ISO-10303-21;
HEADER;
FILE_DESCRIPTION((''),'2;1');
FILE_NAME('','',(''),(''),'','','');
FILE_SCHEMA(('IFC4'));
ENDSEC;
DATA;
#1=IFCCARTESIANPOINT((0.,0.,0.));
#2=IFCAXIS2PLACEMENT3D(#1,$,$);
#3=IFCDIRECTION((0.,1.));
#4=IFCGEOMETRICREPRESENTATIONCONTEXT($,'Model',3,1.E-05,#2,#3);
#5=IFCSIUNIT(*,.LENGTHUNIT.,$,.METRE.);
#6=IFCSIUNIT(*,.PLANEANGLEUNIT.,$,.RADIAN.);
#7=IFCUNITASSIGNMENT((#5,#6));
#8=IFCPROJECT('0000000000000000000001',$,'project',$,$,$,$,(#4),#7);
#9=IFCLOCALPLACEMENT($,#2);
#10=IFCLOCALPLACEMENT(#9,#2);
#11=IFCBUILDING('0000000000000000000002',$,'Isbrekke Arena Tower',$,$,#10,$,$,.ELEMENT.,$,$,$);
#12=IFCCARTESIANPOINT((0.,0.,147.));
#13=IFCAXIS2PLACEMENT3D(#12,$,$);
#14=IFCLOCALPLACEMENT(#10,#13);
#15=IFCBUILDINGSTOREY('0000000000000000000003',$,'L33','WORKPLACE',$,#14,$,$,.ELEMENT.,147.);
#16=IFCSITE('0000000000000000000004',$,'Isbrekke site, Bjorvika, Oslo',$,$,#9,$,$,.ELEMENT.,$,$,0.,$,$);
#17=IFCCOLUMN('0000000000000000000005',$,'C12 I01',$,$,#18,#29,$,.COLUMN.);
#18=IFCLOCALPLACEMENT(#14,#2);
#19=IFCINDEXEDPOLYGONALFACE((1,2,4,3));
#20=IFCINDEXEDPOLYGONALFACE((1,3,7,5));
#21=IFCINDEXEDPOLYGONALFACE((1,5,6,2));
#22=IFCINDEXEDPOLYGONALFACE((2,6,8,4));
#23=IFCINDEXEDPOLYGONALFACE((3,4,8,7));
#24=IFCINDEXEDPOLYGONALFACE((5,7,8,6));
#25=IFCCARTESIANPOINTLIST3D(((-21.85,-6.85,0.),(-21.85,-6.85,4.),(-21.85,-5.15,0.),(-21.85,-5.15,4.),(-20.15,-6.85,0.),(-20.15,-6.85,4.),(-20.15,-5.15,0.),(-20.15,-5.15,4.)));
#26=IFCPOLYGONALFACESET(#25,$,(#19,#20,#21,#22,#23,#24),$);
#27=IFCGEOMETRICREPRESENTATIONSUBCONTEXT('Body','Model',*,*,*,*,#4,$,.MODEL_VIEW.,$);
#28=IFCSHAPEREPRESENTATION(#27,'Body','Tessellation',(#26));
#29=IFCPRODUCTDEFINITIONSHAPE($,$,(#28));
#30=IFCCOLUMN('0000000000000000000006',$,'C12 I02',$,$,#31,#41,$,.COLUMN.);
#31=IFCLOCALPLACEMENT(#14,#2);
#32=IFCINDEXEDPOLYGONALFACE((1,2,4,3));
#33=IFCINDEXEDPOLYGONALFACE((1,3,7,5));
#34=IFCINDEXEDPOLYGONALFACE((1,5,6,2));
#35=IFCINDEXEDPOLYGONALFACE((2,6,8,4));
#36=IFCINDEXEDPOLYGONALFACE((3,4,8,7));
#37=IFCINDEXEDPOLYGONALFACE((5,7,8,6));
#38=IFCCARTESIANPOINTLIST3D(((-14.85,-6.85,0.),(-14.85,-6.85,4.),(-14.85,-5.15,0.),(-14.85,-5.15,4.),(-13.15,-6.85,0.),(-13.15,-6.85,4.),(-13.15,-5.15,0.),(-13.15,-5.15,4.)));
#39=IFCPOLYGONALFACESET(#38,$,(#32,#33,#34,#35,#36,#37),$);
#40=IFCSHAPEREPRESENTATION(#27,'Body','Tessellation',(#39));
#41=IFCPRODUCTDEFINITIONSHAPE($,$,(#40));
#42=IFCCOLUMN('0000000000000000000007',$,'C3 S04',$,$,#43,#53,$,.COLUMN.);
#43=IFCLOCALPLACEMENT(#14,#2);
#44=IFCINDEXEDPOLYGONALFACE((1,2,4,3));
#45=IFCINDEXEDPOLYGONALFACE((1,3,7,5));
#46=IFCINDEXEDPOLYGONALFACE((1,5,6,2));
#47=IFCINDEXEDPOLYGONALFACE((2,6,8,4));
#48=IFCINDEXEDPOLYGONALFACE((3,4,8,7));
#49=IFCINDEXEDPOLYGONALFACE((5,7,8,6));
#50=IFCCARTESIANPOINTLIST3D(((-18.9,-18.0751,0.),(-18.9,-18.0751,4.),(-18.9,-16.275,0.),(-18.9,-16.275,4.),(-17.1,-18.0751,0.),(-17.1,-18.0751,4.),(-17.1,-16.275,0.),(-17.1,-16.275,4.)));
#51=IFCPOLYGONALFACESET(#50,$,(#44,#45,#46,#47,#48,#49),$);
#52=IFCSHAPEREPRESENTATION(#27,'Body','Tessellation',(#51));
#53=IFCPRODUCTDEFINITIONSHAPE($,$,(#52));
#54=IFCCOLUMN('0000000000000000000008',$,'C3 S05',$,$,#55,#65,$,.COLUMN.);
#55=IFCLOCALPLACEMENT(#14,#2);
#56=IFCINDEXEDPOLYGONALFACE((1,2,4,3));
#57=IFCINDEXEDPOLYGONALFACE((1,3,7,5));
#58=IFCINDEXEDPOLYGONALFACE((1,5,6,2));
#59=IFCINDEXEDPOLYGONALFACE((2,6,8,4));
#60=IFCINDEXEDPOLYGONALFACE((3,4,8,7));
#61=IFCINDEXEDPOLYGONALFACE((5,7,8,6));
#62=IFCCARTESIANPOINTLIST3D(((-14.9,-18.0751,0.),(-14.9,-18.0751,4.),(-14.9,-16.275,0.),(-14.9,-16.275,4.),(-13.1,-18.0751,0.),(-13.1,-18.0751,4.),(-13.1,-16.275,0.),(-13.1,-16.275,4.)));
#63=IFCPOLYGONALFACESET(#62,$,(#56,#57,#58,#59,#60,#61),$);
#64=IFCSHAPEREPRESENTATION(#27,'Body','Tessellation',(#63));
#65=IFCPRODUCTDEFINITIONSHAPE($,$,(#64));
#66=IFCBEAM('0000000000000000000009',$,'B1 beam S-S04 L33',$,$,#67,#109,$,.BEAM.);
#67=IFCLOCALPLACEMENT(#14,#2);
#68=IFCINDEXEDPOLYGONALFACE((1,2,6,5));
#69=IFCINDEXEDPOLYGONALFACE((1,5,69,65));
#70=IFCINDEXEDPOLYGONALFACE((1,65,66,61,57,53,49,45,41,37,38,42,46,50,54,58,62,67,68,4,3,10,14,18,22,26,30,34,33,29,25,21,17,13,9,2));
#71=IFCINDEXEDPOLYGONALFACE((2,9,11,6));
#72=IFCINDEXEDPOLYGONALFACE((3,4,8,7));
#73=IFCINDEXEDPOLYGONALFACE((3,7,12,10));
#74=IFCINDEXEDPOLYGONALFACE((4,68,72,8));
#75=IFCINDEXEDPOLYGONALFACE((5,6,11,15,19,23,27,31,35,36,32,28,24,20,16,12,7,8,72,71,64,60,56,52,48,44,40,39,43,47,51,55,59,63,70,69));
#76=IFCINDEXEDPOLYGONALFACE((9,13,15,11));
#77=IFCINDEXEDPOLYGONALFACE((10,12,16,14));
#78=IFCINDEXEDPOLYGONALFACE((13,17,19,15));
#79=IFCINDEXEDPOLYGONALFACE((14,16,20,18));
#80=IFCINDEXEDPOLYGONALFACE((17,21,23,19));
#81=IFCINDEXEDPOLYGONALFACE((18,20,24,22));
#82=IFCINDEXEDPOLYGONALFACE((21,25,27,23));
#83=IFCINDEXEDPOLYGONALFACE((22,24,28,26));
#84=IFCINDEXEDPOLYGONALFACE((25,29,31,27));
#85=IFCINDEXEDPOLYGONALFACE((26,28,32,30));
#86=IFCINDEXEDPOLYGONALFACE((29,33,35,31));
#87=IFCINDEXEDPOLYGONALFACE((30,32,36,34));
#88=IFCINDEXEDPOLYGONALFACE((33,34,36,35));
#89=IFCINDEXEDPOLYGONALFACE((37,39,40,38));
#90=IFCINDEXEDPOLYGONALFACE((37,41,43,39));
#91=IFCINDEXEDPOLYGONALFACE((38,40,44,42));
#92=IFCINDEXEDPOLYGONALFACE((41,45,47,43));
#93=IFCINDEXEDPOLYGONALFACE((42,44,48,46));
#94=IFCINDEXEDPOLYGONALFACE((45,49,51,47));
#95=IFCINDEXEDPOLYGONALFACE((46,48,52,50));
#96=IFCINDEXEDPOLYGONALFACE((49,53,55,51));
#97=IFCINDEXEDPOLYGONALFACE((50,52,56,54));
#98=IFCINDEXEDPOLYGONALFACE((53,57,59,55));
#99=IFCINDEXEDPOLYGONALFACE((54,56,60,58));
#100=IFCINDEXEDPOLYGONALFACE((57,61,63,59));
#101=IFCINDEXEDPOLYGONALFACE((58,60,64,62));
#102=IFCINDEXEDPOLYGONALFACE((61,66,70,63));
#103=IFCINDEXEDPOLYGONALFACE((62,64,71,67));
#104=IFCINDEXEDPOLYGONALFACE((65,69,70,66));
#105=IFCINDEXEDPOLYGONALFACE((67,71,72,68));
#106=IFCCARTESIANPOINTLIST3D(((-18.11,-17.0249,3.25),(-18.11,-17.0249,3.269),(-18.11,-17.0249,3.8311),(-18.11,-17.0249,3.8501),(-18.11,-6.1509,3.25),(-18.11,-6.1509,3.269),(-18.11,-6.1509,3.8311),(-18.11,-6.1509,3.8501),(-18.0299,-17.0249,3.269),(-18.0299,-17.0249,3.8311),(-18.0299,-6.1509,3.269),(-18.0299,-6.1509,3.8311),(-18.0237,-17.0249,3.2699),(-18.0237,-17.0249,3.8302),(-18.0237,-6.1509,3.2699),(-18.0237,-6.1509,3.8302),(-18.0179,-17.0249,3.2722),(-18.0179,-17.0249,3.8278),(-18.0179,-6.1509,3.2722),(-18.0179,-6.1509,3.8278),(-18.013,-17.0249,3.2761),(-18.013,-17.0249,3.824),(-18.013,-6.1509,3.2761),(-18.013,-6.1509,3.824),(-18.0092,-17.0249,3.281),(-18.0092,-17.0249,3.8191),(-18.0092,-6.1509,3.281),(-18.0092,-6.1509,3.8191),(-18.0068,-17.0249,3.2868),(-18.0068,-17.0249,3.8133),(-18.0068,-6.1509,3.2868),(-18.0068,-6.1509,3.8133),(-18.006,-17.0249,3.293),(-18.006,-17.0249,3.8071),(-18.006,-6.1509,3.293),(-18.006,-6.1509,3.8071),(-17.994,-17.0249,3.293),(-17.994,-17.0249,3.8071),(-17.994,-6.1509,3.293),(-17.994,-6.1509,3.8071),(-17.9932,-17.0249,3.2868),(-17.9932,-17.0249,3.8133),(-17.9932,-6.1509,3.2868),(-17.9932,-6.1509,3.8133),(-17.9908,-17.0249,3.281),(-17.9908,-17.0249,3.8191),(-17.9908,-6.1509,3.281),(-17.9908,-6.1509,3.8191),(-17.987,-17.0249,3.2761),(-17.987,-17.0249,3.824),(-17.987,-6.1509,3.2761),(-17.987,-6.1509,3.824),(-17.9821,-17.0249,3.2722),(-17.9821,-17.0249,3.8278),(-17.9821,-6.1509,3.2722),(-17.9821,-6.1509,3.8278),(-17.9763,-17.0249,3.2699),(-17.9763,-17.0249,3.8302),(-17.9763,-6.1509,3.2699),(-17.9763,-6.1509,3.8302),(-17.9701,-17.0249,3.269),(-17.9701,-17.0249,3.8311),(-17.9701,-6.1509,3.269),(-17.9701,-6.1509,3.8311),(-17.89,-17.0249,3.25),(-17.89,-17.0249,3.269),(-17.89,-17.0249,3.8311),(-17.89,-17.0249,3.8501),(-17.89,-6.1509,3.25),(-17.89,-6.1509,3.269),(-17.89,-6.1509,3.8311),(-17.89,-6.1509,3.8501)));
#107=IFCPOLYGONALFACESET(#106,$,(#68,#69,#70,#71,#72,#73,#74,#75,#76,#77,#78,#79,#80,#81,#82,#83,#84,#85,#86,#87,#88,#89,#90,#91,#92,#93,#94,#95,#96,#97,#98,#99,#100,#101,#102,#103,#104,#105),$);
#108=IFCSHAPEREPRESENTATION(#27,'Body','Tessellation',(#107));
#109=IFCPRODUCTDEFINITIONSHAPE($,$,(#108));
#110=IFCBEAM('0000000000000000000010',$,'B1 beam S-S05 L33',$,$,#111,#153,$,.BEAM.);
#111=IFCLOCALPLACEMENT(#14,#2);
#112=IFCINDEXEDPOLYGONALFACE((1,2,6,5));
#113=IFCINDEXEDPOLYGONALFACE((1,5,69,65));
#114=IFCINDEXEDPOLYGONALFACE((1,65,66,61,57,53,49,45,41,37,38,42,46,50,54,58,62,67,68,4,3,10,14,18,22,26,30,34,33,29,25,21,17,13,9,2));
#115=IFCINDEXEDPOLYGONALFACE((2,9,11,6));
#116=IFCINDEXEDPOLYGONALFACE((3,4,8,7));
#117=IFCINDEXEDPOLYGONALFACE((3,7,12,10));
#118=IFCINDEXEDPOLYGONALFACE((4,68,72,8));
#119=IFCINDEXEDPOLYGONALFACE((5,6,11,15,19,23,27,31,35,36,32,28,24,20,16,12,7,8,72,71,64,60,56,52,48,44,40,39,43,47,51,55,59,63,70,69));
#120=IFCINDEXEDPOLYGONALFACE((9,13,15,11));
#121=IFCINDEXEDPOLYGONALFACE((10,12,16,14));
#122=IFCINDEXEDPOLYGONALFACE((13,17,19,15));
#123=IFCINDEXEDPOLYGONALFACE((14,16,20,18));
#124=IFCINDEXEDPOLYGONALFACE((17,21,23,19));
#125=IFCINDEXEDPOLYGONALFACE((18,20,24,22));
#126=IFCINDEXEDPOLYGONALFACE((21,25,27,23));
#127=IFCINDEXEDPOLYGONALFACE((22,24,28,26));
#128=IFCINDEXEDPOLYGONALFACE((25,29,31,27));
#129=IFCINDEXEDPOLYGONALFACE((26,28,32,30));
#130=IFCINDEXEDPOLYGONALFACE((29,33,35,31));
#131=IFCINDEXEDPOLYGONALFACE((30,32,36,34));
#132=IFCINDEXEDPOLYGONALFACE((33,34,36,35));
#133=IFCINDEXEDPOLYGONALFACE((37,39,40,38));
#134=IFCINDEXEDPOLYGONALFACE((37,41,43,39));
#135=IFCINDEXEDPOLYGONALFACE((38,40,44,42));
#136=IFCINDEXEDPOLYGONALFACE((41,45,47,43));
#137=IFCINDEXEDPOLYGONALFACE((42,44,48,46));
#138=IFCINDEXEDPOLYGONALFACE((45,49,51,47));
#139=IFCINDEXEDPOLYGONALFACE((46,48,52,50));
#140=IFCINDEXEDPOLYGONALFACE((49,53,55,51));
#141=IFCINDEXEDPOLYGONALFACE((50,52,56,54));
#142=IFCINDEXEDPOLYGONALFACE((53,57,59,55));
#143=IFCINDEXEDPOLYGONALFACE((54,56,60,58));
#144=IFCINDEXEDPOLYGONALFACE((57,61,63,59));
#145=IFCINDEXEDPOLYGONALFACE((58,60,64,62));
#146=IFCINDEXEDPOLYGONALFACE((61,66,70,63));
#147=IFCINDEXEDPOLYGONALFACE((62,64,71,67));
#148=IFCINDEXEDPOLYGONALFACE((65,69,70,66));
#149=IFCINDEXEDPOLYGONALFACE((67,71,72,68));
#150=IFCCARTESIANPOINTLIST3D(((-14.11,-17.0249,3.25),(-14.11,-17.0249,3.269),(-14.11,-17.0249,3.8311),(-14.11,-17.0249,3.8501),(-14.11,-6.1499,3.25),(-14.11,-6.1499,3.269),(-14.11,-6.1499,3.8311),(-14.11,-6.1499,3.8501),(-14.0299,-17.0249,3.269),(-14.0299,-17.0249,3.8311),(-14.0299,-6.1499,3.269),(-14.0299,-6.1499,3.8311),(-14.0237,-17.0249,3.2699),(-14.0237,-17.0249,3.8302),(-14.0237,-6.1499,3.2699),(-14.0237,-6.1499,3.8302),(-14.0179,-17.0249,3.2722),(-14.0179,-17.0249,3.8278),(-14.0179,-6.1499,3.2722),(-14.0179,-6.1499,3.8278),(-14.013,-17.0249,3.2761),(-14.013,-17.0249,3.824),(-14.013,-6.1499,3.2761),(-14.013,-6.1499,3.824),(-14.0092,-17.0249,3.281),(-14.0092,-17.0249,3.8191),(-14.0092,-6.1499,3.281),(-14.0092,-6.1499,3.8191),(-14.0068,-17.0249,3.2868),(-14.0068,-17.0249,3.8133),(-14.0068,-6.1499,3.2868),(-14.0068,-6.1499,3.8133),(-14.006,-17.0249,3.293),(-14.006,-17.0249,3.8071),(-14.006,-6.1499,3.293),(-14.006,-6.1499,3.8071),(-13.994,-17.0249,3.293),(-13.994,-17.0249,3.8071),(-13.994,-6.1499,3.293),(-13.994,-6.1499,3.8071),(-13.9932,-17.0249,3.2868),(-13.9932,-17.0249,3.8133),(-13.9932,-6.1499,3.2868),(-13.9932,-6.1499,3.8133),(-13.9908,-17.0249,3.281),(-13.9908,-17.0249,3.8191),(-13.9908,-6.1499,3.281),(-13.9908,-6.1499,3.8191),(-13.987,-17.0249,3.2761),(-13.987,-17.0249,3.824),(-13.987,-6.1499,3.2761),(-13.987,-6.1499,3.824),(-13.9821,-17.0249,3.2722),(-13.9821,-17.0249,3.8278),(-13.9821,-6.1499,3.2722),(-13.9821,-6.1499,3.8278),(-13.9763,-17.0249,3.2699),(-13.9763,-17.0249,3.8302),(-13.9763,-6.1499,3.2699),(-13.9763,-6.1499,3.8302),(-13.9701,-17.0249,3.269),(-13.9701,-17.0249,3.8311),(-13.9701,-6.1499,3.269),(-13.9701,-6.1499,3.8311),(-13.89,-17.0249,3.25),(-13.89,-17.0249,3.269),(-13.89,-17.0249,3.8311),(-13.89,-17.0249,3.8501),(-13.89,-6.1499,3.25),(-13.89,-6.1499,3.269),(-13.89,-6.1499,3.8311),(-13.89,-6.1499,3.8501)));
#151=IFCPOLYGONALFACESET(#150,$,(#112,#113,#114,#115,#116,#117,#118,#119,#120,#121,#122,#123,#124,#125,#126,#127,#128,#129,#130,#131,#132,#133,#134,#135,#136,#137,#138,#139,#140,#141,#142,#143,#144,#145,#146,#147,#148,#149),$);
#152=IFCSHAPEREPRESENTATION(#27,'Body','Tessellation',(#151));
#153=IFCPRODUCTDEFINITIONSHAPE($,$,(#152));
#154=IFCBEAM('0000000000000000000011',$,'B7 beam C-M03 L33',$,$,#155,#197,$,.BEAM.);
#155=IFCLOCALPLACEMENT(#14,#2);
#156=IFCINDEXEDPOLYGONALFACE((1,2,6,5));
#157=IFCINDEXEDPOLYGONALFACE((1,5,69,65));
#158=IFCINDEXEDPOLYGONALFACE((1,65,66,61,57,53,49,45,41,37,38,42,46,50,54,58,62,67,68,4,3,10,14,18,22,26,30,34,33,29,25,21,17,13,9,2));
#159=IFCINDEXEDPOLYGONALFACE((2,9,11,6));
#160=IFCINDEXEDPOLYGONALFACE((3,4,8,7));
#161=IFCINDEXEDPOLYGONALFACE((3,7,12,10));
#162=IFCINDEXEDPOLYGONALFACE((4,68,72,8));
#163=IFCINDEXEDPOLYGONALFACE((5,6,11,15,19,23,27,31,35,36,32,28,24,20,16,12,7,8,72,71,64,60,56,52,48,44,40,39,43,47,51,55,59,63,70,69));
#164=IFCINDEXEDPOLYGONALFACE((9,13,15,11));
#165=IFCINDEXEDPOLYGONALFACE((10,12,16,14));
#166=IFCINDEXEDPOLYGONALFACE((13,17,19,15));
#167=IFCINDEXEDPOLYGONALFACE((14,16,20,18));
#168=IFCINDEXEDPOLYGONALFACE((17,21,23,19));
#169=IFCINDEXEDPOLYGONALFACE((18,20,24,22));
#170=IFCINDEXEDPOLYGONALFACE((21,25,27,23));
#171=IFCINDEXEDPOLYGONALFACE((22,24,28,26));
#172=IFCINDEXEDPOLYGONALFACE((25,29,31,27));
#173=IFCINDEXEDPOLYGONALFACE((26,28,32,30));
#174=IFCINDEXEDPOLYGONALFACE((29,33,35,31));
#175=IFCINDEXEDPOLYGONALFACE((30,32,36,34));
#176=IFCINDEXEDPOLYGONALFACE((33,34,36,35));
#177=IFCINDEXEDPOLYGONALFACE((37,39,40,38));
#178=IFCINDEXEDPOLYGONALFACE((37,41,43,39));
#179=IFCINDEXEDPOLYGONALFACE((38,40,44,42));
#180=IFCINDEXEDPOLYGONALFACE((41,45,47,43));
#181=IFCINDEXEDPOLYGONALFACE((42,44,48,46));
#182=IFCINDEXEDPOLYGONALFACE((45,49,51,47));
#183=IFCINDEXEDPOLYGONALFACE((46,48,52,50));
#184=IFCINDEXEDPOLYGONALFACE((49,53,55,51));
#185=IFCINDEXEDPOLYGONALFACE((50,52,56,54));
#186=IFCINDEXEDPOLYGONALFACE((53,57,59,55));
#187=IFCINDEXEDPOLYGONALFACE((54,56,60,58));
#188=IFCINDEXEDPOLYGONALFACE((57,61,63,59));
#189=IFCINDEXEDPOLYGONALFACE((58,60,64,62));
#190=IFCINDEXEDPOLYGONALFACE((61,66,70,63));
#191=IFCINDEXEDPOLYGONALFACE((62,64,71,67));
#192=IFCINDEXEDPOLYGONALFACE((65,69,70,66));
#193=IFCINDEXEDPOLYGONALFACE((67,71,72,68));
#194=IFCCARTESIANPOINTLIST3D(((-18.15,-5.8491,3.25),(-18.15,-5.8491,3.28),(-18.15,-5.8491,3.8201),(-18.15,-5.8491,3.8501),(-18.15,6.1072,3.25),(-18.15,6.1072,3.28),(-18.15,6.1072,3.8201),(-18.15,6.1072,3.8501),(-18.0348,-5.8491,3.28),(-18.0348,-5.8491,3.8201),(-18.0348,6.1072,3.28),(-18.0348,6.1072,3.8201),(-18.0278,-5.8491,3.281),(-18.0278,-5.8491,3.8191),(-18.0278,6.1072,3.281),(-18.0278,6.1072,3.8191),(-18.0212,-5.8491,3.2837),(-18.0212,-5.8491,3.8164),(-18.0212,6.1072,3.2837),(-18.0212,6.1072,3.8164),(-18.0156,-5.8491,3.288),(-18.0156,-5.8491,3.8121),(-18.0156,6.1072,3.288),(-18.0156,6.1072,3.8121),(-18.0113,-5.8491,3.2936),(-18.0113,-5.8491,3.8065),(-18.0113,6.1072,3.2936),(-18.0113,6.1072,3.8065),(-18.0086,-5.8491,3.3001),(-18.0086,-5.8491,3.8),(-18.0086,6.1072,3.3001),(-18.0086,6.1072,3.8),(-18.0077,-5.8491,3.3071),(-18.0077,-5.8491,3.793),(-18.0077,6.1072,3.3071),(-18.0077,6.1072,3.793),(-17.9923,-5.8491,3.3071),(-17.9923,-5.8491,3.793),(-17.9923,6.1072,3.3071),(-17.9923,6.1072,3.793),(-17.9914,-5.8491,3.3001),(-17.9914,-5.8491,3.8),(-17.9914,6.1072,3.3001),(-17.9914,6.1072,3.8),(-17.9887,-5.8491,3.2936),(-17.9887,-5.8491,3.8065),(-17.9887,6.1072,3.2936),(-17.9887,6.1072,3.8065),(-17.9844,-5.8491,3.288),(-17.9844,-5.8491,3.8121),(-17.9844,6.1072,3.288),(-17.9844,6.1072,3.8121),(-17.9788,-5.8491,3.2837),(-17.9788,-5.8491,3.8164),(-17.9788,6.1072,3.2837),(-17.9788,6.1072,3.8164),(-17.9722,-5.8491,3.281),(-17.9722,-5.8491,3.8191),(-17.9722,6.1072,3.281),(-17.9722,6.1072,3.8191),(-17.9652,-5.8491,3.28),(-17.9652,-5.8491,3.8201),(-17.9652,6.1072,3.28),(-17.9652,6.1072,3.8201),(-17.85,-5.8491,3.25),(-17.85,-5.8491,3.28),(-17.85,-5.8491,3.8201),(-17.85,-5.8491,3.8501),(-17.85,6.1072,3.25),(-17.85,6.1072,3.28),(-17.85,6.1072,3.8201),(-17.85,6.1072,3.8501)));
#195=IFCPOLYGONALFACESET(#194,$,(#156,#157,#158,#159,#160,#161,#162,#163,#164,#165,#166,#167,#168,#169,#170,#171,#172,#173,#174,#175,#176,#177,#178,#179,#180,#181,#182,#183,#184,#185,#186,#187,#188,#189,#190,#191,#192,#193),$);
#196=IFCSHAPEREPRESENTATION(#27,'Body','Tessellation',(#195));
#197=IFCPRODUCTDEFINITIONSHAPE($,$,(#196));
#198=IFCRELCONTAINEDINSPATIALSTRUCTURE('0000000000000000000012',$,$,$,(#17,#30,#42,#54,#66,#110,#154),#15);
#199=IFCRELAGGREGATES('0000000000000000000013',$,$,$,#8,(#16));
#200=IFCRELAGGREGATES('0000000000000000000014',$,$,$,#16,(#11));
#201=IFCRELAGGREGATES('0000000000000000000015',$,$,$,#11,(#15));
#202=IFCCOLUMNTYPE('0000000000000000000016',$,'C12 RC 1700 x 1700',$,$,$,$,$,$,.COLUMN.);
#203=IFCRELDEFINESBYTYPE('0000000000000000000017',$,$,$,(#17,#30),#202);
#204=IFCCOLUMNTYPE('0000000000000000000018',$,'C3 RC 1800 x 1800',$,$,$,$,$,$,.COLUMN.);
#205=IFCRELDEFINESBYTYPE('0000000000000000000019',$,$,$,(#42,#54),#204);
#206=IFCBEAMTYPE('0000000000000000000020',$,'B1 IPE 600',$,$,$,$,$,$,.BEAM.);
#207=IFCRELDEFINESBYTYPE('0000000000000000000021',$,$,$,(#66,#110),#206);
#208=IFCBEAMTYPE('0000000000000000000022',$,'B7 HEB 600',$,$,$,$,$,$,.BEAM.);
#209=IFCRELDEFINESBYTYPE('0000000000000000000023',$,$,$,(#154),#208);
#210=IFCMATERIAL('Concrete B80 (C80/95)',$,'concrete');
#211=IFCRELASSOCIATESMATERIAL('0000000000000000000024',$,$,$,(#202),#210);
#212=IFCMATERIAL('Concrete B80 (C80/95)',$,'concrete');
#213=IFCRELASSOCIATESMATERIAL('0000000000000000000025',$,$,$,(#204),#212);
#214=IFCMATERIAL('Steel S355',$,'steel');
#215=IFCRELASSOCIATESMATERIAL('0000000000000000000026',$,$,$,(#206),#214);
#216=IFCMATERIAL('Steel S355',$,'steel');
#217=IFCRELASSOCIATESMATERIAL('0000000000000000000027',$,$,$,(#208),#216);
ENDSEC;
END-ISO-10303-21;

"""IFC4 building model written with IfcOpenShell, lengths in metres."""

from ifc_helpers import new_model, si_unit, direction, frame, origin, origin_2d, place, context, subcontext, project, spatial, rectangle, i_section, extrude, material, material_profile, profile_set, type_object, element, save


model = new_model("IFC4")

# Units and contexts
model_context = context("Model", 3, precision=1e-05, world=origin(), true_north=direction((0.0, 1.0)))
body_context = subcontext(model_context, "Body", "Model", "MODEL_VIEW")
ifc_project = project(units=[si_unit("LENGTHUNIT", "METRE"), si_unit("PLANEANGLEUNIT", "RADIAN")], contexts=[model_context])

# Site, building, storey
site_placement = place(None, origin())
site = spatial("IfcSite", under=ifc_project, at=site_placement, Name="Isbrekke site, Bjorvika, Oslo", CompositionType="ELEMENT", RefElevation=0.0)
building_placement = place(site_placement, origin())
building = spatial("IfcBuilding", under=site, at=building_placement, Name="Isbrekke Arena Tower", CompositionType="ELEMENT")
storey_placement = place(building_placement, frame((0.0, 0.0, 147.0)))
storey = spatial("IfcBuildingStorey", under=building, at=storey_placement, Name="L33", Description="WORKPLACE", CompositionType="ELEMENT", Elevation=147.0)

# Columns
ifc_material_1 = material(Name="Concrete B80 (C80/95)", Category="concrete")
ifc_material_profile_1 = material_profile(ifc_material_1, rectangle(XDim=1.7, YDim=1.7, at=origin_2d()), Name="RC 1700x1700")
ifc_profile_set_1 = profile_set([ifc_material_profile_1], Name="Concrete B80 (C80/95)")
column_type_1 = type_object("IfcColumnType", Name="C12 RC 1700 x 1700", PredefinedType="COLUMN", material=ifc_profile_set_1)
for number, where, z_axis, x_axis, name in (
    (1, (-21.0, -6.0, 0.0), (0.0, 0.0, 1.0), (1.0, 0.0, 0.0), "C12 I01"),
    (2, (-14.0, -6.0, 0.0), (0.0, 0.0, 1.0), (1.0, 0.0, 0.0), "C12 I02"),
):
    element("IfcColumn", number, at=place(storey_placement, frame(where, z_axis=z_axis, x_axis=x_axis)), inside=storey, type_object=column_type_1, Name=name, PredefinedType="COLUMN", context=body_context, shape_type="SweptSolid", body=[
        extrude(rectangle(XDim=1.7, YDim=1.7, at=origin_2d()), origin(), (0.0, 0.0, 1.0), 4.0),
    ])
ifc_material_2 = material(Name="Concrete B80 (C80/95)", Category="concrete")
ifc_material_profile_2 = material_profile(ifc_material_2, rectangle(XDim=1.8, YDim=1.8, at=origin_2d()), Name="RC 1800x1800")
ifc_profile_set_2 = profile_set([ifc_material_profile_2], Name="Concrete B80 (C80/95)")
column_type_2 = type_object("IfcColumnType", Name="C3 RC 1800 x 1800", PredefinedType="COLUMN", material=ifc_profile_set_2)
for number, where, z_axis, x_axis, name in (
    (3, (-18.0, -17.175, 0.0), (0.0, 0.0, 1.0), (1.0, 0.0, 0.0), "C3 S04"),
    (4, (-14.0, -17.175, 0.0), (0.0, 0.0, 1.0), (1.0, 0.0, 0.0), "C3 S05"),
):
    element("IfcColumn", number, at=place(storey_placement, frame(where, z_axis=z_axis, x_axis=x_axis)), inside=storey, type_object=column_type_2, Name=name, PredefinedType="COLUMN", context=body_context, shape_type="SweptSolid", body=[
        extrude(rectangle(XDim=1.8, YDim=1.8, at=origin_2d()), origin(), (0.0, 0.0, 1.0), 4.0),
    ])

# Beams
ifc_material_3 = material(Name="Steel S355", Category="steel")
ifc_material_profile_3 = material_profile(ifc_material_3, i_section(OverallWidth=0.22, OverallDepth=0.6001, WebThickness=0.012, FlangeThickness=0.019, FilletRadius=0.0239, at=origin_2d()), Name="IPE 600")
ifc_profile_set_3 = profile_set([ifc_material_profile_3], Name="Steel S355")
beam_type_1 = type_object("IfcBeamType", Name="B1 IPE 600", PredefinedType="BEAM", material=ifc_profile_set_3)
beam_1_placement = place(storey_placement, frame((-18.0, -17.0249, 3.55), z_axis=(0.0, 1.0, 0.0), x_axis=(-1.0, 0.0, 0.0)))
element("IfcBeam", 5, at=beam_1_placement, inside=storey, type_object=beam_type_1, Name="B1 beam S-S04 L33", PredefinedType="BEAM", context=body_context, shape_type="SweptSolid", body=[
    extrude(i_section(OverallWidth=0.22, OverallDepth=0.6001, WebThickness=0.012, FlangeThickness=0.019, FilletRadius=0.0239, at=origin_2d()), origin(), (0.0, 0.0, 1.0), 10.874),
])
beam_2_placement = place(storey_placement, frame((-14.0, -17.0249, 3.55), z_axis=(0.0, 1.0, 0.0), x_axis=(-1.0, 0.0, 0.0)))
element("IfcBeam", 6, at=beam_2_placement, inside=storey, type_object=beam_type_1, Name="B1 beam S-S05 L33", PredefinedType="BEAM", context=body_context, shape_type="SweptSolid", body=[
    extrude(i_section(OverallWidth=0.22, OverallDepth=0.6001, WebThickness=0.012, FlangeThickness=0.019, FilletRadius=0.0239, at=origin_2d()), origin(), (0.0, 0.0, 1.0), 10.875),
])
ifc_material_4 = material(Name="Steel S355", Category="steel")
ifc_material_profile_4 = material_profile(ifc_material_4, i_section(OverallWidth=0.3, OverallDepth=0.6001, WebThickness=0.0154, FlangeThickness=0.03, FilletRadius=0.0271, at=origin_2d()), Name="HEB 600")
ifc_profile_set_4 = profile_set([ifc_material_profile_4], Name="Steel S355")
beam_type_2 = type_object("IfcBeamType", Name="B7 HEB 600", PredefinedType="BEAM", material=ifc_profile_set_4)
beam_3_placement = place(storey_placement, frame((-18.0, -5.8491, 3.55), z_axis=(0.0, 1.0, 0.0), x_axis=(-1.0, 0.0, 0.0)))
element("IfcBeam", 7, at=beam_3_placement, inside=storey, type_object=beam_type_2, Name="B7 beam C-M03 L33", PredefinedType="BEAM", context=body_context, shape_type="SweptSolid", body=[
    extrude(i_section(OverallWidth=0.3, OverallDepth=0.6001, WebThickness=0.0154, FlangeThickness=0.03, FilletRadius=0.0271, at=origin_2d()), origin(), (0.0, 0.0, 1.0), 11.9563),
])

save(model, "model.ifc")
